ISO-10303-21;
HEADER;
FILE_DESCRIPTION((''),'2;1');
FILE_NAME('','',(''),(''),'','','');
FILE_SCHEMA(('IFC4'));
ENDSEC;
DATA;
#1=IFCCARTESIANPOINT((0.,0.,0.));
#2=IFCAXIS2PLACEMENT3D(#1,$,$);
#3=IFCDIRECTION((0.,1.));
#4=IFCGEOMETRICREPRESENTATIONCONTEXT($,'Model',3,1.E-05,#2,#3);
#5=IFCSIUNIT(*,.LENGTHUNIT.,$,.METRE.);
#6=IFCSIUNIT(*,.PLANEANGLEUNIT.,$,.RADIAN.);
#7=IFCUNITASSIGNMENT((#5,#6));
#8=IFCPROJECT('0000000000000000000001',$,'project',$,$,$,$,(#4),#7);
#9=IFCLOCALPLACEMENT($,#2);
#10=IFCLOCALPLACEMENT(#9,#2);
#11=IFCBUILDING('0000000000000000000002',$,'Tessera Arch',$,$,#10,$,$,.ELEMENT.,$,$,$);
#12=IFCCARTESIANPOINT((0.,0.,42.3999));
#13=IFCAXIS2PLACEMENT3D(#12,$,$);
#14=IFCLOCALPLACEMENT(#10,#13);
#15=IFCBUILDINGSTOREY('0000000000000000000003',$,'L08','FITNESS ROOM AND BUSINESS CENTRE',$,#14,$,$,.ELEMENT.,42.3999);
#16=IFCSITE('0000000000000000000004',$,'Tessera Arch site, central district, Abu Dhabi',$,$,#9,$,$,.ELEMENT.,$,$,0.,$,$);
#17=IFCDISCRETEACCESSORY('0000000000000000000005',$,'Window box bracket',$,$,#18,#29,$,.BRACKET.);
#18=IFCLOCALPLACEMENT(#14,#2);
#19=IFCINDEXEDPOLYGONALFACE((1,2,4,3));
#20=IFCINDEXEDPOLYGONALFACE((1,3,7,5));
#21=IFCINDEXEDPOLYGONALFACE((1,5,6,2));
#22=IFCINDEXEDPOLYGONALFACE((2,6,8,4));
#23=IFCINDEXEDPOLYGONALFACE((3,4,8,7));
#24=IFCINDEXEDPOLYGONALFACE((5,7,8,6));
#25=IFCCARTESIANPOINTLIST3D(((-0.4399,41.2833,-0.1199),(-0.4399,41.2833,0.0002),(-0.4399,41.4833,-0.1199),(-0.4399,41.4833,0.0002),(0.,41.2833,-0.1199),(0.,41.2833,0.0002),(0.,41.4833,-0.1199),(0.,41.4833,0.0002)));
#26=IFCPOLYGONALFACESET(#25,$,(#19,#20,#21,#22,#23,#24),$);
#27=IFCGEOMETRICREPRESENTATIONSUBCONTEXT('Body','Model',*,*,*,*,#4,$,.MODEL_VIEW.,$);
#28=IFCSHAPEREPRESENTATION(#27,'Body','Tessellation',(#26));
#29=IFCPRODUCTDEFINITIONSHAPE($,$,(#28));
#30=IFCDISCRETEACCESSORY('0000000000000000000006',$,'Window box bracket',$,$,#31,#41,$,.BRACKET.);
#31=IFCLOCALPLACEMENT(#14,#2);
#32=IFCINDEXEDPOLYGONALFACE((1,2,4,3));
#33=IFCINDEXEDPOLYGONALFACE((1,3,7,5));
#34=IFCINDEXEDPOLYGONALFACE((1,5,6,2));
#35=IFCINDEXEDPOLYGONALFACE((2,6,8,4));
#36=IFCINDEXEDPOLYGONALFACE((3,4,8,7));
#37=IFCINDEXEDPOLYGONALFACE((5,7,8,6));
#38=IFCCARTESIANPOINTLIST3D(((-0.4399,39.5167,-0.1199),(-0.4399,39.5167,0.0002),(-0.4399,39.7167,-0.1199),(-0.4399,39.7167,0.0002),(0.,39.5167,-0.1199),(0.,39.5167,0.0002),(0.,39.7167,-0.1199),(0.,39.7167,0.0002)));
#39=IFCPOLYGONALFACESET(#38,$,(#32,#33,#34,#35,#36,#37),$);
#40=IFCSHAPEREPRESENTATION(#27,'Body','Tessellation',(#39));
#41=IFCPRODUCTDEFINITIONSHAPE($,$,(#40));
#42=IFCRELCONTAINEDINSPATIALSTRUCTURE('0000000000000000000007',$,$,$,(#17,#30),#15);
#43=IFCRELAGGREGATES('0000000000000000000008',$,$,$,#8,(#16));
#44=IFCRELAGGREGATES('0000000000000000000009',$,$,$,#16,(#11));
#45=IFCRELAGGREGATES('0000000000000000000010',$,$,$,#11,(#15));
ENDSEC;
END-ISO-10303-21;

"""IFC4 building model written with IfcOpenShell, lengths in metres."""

from ifc_helpers import new_model, si_unit, direction, frame, origin, origin_2d, place, context, subcontext, project, spatial, rectangle, extrude, element, save


model = new_model("IFC4")

# Units and contexts
model_context = context("Model", 3, precision=1e-05, world=origin(), true_north=direction((0.0, 1.0)))
body_context = subcontext(model_context, "Body", "Model", "MODEL_VIEW")
ifc_project = project(units=[si_unit("LENGTHUNIT", "METRE"), si_unit("PLANEANGLEUNIT", "RADIAN")], contexts=[model_context])

# Site, building, storey
site_placement = place(None, origin())
site = spatial("IfcSite", under=ifc_project, at=site_placement, Name="Tessera Arch site, central district, Abu Dhabi", CompositionType="ELEMENT", RefElevation=0.0)
building_placement = place(site_placement, origin())
building = spatial("IfcBuilding", under=site, at=building_placement, Name="Tessera Arch", CompositionType="ELEMENT")
storey_placement = place(building_placement, frame((0.0, 0.0, 42.3999)))
storey = spatial("IfcBuildingStorey", under=building, at=storey_placement, Name="L08", Description="FITNESS ROOM AND BUSINESS CENTRE", CompositionType="ELEMENT", Elevation=42.3999)

# Discrete accessories
for number, where, z_axis, x_axis, name in (
    (1, (-0.22, 41.3833, -0.1199), (0.0, 0.0, 1.0), (-1.0, 0.0, 0.0), "Window box bracket"),
    (2, (-0.22, 39.6167, -0.1199), (0.0, 0.0, 1.0), (-1.0, 0.0, 0.0), "Window box bracket"),
):
    element("IfcDiscreteAccessory", number, at=place(storey_placement, frame(where, z_axis=z_axis, x_axis=x_axis)), inside=storey, Name=name, PredefinedType="BRACKET", context=body_context, shape_type="SweptSolid", body=[
        extrude(rectangle(XDim=0.4399, YDim=0.2, at=origin_2d()), origin(), (0.0, 0.0, 1.0), 0.1201),
    ])

save(model, "model.ifc")
